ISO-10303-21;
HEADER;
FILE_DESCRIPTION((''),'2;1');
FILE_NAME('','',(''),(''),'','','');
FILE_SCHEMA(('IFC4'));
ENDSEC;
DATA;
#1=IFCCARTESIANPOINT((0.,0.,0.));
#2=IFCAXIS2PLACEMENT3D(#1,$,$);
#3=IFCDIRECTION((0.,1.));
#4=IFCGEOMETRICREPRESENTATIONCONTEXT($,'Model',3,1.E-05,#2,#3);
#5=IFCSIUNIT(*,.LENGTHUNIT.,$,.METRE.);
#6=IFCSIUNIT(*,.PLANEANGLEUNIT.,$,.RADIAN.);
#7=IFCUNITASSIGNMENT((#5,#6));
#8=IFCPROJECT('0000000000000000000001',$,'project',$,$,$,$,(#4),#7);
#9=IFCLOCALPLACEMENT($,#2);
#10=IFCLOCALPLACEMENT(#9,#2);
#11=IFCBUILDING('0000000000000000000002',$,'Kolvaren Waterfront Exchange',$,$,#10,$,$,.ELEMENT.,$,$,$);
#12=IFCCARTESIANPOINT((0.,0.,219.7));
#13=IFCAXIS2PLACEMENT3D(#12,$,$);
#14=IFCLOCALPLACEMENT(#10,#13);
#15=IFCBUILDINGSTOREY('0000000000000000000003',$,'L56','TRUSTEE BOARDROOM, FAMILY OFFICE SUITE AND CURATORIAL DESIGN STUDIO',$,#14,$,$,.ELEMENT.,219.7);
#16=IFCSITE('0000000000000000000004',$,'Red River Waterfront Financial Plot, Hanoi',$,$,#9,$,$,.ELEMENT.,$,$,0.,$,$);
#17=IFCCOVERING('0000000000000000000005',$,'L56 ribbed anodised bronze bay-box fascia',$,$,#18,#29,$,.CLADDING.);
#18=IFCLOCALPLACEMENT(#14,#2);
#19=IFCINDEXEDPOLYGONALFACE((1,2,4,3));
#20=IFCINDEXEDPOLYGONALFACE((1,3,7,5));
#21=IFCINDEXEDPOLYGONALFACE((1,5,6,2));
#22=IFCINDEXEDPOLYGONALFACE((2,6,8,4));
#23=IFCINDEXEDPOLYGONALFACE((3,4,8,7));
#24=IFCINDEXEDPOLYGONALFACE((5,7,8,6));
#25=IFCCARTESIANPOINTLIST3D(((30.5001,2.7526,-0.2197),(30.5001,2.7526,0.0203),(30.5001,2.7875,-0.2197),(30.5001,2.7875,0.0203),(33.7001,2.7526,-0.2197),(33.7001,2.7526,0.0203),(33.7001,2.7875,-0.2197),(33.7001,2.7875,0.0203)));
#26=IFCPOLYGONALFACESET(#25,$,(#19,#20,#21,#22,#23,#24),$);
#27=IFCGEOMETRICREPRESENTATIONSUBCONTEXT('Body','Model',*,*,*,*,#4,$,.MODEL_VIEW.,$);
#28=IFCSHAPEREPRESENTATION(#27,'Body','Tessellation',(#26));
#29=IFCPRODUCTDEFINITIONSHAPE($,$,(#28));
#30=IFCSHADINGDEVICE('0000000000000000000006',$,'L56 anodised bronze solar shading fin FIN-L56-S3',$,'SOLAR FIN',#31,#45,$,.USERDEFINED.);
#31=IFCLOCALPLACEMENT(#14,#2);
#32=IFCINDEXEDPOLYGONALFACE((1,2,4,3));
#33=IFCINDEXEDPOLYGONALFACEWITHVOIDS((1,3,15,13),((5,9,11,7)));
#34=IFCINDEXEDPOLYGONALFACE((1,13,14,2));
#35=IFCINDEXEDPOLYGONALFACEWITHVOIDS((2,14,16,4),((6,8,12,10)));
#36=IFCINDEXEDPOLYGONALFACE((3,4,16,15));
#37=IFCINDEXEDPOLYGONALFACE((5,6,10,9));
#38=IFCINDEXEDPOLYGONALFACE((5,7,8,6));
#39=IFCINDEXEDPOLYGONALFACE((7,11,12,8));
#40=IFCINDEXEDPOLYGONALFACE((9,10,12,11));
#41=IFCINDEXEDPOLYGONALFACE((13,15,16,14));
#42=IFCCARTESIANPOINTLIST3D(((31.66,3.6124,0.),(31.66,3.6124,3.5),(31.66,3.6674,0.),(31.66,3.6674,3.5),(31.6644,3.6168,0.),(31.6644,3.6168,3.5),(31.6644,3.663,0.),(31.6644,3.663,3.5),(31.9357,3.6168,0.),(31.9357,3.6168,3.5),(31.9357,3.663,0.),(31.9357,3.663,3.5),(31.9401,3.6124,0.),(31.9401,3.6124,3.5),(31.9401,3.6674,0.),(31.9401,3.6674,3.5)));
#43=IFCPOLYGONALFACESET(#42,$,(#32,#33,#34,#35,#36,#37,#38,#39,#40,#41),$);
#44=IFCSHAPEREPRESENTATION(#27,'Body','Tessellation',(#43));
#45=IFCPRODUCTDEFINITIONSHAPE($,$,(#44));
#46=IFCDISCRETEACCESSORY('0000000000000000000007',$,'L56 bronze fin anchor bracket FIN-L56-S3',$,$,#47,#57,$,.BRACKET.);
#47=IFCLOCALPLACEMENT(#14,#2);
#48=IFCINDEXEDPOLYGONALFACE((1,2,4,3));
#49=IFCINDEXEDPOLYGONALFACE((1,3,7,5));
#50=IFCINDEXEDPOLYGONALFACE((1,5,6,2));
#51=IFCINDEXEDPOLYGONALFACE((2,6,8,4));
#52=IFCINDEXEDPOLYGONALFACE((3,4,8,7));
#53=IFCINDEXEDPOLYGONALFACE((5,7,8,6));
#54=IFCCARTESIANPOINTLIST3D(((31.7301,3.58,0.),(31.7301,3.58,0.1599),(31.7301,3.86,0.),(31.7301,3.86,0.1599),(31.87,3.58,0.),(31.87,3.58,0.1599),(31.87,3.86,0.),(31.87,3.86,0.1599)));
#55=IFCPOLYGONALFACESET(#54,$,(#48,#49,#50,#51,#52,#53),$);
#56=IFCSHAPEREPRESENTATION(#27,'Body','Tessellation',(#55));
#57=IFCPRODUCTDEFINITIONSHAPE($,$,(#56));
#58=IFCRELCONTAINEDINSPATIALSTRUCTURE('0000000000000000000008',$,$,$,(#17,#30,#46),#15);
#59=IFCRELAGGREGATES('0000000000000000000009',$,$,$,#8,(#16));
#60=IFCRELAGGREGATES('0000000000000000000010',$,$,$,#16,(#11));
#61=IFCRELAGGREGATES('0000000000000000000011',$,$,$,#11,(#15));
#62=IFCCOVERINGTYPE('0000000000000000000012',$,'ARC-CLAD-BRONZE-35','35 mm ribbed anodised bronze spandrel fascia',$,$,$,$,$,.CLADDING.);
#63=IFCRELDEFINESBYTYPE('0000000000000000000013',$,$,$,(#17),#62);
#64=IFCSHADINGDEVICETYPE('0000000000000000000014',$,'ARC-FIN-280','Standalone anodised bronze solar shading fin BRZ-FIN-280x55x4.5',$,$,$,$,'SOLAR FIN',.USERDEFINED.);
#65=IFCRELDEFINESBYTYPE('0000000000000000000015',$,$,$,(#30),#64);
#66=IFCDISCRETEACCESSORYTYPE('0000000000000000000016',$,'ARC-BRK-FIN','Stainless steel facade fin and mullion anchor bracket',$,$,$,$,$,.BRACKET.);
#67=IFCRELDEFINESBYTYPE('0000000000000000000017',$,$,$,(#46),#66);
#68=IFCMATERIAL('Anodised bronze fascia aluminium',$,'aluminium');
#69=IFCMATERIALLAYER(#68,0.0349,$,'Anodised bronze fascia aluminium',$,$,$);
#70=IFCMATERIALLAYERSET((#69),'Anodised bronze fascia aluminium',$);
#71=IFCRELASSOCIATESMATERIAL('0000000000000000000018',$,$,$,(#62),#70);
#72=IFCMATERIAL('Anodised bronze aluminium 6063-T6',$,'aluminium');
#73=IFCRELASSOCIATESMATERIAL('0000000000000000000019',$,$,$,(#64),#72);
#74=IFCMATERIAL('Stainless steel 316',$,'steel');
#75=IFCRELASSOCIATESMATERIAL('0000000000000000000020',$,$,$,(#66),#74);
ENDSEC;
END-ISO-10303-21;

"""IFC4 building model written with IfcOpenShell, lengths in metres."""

from ifc_helpers import new_model, si_unit, direction, frame, origin, origin_with_axes, origin_2d, place, context, subcontext, project, spatial, rectangle, hollow_rectangle, extrude, source, transform, mapped, material, layer, layer_set, material_profile, profile_set, type_object, element, save


model = new_model("IFC4")

# Units and contexts
model_context = context("Model", 3, precision=1e-05, world=origin(), true_north=direction((0.0, 1.0)))
body_context = subcontext(model_context, "Body", "Model", "MODEL_VIEW")
ifc_project = project(units=[si_unit("LENGTHUNIT", "METRE"), si_unit("PLANEANGLEUNIT", "RADIAN")], contexts=[model_context])

# Site, building, storey
site_placement = place(None, origin())
site = spatial("IfcSite", under=ifc_project, at=site_placement, Name="Red River Waterfront Financial Plot, Hanoi", CompositionType="ELEMENT", RefElevation=0.0)
building_placement = place(site_placement, origin())
building = spatial("IfcBuilding", under=site, at=building_placement, Name="Kolvaren Waterfront Exchange", CompositionType="ELEMENT")
storey_placement = place(building_placement, frame((0.0, 0.0, 219.7)))
storey = spatial("IfcBuildingStorey", under=building, at=storey_placement, Name="L56", Description="TRUSTEE BOARDROOM, FAMILY OFFICE SUITE AND CURATORIAL DESIGN STUDIO", CompositionType="ELEMENT", Elevation=219.7)

# Shared definitions
ifc_material_1 = material(Name="Anodised bronze aluminium 6063-T6", Category="aluminium")

# Covering
ifc_material_2 = material(Name="Anodised bronze fascia aluminium", Category="aluminium")
ifc_layer_1 = layer(ifc_material_2, 0.0349, Name="Anodised bronze fascia aluminium")
ifc_layer_set_1 = layer_set([ifc_layer_1], Name="Anodised bronze fascia aluminium")
covering_type = type_object("IfcCoveringType", Name="ARC-CLAD-BRONZE-35", Description="35 mm ribbed anodised bronze spandrel fascia", PredefinedType="CLADDING", material=ifc_layer_set_1)
covering_placement = place(storey_placement, frame((32.1001, 2.77, -0.2197), z_axis=(0.0, 0.0, 1.0), x_axis=(1.0, 0.0, 0.0)))
element("IfcCovering", 1, at=covering_placement, inside=storey, type_object=covering_type, Name="L56 ribbed anodised bronze bay-box fascia", PredefinedType="CLADDING", context=body_context, shape_type="SweptSolid", body=[
    extrude(rectangle(XDim=3.2, YDim=0.0349, at=origin_2d()), origin(), (0.0, 0.0, 1.0), 0.24),
])

# Shading device
ifc_material_profile_1 = material_profile(ifc_material_1, hollow_rectangle(XDim=0.0549, YDim=0.28, WallThickness=0.0044, at=origin_2d()), Name="BRZ-FIN-280x55x4.5")
ifc_profile_set_1 = profile_set([ifc_material_profile_1], Name="Anodised bronze aluminium 6063-T6")
shading_device_type = type_object("IfcShadingDeviceType", Name="ARC-FIN-280", Description="Standalone anodised bronze solar shading fin BRZ-FIN-280x55x4.5", ElementType="SOLAR FIN", PredefinedType="USERDEFINED", material=ifc_profile_set_1)
shading_device_placement = place(storey_placement, frame((31.8, 3.6399, 0.0), z_axis=(0.0, 0.0, 1.0), x_axis=(0.0, -1.0, 0.0)))
element("IfcShadingDevice", 2, at=shading_device_placement, inside=storey, type_object=shading_device_type, Name="L56 anodised bronze solar shading fin FIN-L56-S3", ObjectType="SOLAR FIN", PredefinedType="USERDEFINED", context=body_context, shape_type="SweptSolid", body=[
    extrude(hollow_rectangle(XDim=0.0549, YDim=0.28, WallThickness=0.0044, at=origin_2d()), origin(), (0.0, 0.0, 1.0), 3.5),
])

# Discrete accessory
ifc_material_3 = material(Name="Stainless steel 316", Category="steel")
discrete_accessory_type = type_object("IfcDiscreteAccessoryType", Name="ARC-BRK-FIN", Description="Stainless steel facade fin and mullion anchor bracket", PredefinedType="BRACKET", material=ifc_material_3)
shared_shape_1 = source(origin_with_axes(), body_context, "Body", "SweptSolid", [
    extrude(rectangle(XDim=0.28, YDim=0.1399, at=origin_2d()), origin(), (0.0, 0.0, 1.0), 0.1599),
])
discrete_accessory_placement = place(storey_placement, frame((31.8, 3.72, 0.0), z_axis=(0.0, 0.0, 1.0), x_axis=(0.0, -1.0, 0.0)))
element("IfcDiscreteAccessory", 3, at=discrete_accessory_placement, inside=storey, type_object=discrete_accessory_type, Name="L56 bronze fin anchor bracket FIN-L56-S3", PredefinedType="BRACKET", context=body_context, shape_type="MappedRepresentation", body=[
    mapped(shared_shape_1, transform((0.0, 0.0, 0.0), x_axis=(1.0, 0.0, 0.0), y_axis=(0.0, 1.0, 0.0), z_axis=(0.0, 0.0, 1.0), scale=1.0)),
])

save(model, "model.ifc")
